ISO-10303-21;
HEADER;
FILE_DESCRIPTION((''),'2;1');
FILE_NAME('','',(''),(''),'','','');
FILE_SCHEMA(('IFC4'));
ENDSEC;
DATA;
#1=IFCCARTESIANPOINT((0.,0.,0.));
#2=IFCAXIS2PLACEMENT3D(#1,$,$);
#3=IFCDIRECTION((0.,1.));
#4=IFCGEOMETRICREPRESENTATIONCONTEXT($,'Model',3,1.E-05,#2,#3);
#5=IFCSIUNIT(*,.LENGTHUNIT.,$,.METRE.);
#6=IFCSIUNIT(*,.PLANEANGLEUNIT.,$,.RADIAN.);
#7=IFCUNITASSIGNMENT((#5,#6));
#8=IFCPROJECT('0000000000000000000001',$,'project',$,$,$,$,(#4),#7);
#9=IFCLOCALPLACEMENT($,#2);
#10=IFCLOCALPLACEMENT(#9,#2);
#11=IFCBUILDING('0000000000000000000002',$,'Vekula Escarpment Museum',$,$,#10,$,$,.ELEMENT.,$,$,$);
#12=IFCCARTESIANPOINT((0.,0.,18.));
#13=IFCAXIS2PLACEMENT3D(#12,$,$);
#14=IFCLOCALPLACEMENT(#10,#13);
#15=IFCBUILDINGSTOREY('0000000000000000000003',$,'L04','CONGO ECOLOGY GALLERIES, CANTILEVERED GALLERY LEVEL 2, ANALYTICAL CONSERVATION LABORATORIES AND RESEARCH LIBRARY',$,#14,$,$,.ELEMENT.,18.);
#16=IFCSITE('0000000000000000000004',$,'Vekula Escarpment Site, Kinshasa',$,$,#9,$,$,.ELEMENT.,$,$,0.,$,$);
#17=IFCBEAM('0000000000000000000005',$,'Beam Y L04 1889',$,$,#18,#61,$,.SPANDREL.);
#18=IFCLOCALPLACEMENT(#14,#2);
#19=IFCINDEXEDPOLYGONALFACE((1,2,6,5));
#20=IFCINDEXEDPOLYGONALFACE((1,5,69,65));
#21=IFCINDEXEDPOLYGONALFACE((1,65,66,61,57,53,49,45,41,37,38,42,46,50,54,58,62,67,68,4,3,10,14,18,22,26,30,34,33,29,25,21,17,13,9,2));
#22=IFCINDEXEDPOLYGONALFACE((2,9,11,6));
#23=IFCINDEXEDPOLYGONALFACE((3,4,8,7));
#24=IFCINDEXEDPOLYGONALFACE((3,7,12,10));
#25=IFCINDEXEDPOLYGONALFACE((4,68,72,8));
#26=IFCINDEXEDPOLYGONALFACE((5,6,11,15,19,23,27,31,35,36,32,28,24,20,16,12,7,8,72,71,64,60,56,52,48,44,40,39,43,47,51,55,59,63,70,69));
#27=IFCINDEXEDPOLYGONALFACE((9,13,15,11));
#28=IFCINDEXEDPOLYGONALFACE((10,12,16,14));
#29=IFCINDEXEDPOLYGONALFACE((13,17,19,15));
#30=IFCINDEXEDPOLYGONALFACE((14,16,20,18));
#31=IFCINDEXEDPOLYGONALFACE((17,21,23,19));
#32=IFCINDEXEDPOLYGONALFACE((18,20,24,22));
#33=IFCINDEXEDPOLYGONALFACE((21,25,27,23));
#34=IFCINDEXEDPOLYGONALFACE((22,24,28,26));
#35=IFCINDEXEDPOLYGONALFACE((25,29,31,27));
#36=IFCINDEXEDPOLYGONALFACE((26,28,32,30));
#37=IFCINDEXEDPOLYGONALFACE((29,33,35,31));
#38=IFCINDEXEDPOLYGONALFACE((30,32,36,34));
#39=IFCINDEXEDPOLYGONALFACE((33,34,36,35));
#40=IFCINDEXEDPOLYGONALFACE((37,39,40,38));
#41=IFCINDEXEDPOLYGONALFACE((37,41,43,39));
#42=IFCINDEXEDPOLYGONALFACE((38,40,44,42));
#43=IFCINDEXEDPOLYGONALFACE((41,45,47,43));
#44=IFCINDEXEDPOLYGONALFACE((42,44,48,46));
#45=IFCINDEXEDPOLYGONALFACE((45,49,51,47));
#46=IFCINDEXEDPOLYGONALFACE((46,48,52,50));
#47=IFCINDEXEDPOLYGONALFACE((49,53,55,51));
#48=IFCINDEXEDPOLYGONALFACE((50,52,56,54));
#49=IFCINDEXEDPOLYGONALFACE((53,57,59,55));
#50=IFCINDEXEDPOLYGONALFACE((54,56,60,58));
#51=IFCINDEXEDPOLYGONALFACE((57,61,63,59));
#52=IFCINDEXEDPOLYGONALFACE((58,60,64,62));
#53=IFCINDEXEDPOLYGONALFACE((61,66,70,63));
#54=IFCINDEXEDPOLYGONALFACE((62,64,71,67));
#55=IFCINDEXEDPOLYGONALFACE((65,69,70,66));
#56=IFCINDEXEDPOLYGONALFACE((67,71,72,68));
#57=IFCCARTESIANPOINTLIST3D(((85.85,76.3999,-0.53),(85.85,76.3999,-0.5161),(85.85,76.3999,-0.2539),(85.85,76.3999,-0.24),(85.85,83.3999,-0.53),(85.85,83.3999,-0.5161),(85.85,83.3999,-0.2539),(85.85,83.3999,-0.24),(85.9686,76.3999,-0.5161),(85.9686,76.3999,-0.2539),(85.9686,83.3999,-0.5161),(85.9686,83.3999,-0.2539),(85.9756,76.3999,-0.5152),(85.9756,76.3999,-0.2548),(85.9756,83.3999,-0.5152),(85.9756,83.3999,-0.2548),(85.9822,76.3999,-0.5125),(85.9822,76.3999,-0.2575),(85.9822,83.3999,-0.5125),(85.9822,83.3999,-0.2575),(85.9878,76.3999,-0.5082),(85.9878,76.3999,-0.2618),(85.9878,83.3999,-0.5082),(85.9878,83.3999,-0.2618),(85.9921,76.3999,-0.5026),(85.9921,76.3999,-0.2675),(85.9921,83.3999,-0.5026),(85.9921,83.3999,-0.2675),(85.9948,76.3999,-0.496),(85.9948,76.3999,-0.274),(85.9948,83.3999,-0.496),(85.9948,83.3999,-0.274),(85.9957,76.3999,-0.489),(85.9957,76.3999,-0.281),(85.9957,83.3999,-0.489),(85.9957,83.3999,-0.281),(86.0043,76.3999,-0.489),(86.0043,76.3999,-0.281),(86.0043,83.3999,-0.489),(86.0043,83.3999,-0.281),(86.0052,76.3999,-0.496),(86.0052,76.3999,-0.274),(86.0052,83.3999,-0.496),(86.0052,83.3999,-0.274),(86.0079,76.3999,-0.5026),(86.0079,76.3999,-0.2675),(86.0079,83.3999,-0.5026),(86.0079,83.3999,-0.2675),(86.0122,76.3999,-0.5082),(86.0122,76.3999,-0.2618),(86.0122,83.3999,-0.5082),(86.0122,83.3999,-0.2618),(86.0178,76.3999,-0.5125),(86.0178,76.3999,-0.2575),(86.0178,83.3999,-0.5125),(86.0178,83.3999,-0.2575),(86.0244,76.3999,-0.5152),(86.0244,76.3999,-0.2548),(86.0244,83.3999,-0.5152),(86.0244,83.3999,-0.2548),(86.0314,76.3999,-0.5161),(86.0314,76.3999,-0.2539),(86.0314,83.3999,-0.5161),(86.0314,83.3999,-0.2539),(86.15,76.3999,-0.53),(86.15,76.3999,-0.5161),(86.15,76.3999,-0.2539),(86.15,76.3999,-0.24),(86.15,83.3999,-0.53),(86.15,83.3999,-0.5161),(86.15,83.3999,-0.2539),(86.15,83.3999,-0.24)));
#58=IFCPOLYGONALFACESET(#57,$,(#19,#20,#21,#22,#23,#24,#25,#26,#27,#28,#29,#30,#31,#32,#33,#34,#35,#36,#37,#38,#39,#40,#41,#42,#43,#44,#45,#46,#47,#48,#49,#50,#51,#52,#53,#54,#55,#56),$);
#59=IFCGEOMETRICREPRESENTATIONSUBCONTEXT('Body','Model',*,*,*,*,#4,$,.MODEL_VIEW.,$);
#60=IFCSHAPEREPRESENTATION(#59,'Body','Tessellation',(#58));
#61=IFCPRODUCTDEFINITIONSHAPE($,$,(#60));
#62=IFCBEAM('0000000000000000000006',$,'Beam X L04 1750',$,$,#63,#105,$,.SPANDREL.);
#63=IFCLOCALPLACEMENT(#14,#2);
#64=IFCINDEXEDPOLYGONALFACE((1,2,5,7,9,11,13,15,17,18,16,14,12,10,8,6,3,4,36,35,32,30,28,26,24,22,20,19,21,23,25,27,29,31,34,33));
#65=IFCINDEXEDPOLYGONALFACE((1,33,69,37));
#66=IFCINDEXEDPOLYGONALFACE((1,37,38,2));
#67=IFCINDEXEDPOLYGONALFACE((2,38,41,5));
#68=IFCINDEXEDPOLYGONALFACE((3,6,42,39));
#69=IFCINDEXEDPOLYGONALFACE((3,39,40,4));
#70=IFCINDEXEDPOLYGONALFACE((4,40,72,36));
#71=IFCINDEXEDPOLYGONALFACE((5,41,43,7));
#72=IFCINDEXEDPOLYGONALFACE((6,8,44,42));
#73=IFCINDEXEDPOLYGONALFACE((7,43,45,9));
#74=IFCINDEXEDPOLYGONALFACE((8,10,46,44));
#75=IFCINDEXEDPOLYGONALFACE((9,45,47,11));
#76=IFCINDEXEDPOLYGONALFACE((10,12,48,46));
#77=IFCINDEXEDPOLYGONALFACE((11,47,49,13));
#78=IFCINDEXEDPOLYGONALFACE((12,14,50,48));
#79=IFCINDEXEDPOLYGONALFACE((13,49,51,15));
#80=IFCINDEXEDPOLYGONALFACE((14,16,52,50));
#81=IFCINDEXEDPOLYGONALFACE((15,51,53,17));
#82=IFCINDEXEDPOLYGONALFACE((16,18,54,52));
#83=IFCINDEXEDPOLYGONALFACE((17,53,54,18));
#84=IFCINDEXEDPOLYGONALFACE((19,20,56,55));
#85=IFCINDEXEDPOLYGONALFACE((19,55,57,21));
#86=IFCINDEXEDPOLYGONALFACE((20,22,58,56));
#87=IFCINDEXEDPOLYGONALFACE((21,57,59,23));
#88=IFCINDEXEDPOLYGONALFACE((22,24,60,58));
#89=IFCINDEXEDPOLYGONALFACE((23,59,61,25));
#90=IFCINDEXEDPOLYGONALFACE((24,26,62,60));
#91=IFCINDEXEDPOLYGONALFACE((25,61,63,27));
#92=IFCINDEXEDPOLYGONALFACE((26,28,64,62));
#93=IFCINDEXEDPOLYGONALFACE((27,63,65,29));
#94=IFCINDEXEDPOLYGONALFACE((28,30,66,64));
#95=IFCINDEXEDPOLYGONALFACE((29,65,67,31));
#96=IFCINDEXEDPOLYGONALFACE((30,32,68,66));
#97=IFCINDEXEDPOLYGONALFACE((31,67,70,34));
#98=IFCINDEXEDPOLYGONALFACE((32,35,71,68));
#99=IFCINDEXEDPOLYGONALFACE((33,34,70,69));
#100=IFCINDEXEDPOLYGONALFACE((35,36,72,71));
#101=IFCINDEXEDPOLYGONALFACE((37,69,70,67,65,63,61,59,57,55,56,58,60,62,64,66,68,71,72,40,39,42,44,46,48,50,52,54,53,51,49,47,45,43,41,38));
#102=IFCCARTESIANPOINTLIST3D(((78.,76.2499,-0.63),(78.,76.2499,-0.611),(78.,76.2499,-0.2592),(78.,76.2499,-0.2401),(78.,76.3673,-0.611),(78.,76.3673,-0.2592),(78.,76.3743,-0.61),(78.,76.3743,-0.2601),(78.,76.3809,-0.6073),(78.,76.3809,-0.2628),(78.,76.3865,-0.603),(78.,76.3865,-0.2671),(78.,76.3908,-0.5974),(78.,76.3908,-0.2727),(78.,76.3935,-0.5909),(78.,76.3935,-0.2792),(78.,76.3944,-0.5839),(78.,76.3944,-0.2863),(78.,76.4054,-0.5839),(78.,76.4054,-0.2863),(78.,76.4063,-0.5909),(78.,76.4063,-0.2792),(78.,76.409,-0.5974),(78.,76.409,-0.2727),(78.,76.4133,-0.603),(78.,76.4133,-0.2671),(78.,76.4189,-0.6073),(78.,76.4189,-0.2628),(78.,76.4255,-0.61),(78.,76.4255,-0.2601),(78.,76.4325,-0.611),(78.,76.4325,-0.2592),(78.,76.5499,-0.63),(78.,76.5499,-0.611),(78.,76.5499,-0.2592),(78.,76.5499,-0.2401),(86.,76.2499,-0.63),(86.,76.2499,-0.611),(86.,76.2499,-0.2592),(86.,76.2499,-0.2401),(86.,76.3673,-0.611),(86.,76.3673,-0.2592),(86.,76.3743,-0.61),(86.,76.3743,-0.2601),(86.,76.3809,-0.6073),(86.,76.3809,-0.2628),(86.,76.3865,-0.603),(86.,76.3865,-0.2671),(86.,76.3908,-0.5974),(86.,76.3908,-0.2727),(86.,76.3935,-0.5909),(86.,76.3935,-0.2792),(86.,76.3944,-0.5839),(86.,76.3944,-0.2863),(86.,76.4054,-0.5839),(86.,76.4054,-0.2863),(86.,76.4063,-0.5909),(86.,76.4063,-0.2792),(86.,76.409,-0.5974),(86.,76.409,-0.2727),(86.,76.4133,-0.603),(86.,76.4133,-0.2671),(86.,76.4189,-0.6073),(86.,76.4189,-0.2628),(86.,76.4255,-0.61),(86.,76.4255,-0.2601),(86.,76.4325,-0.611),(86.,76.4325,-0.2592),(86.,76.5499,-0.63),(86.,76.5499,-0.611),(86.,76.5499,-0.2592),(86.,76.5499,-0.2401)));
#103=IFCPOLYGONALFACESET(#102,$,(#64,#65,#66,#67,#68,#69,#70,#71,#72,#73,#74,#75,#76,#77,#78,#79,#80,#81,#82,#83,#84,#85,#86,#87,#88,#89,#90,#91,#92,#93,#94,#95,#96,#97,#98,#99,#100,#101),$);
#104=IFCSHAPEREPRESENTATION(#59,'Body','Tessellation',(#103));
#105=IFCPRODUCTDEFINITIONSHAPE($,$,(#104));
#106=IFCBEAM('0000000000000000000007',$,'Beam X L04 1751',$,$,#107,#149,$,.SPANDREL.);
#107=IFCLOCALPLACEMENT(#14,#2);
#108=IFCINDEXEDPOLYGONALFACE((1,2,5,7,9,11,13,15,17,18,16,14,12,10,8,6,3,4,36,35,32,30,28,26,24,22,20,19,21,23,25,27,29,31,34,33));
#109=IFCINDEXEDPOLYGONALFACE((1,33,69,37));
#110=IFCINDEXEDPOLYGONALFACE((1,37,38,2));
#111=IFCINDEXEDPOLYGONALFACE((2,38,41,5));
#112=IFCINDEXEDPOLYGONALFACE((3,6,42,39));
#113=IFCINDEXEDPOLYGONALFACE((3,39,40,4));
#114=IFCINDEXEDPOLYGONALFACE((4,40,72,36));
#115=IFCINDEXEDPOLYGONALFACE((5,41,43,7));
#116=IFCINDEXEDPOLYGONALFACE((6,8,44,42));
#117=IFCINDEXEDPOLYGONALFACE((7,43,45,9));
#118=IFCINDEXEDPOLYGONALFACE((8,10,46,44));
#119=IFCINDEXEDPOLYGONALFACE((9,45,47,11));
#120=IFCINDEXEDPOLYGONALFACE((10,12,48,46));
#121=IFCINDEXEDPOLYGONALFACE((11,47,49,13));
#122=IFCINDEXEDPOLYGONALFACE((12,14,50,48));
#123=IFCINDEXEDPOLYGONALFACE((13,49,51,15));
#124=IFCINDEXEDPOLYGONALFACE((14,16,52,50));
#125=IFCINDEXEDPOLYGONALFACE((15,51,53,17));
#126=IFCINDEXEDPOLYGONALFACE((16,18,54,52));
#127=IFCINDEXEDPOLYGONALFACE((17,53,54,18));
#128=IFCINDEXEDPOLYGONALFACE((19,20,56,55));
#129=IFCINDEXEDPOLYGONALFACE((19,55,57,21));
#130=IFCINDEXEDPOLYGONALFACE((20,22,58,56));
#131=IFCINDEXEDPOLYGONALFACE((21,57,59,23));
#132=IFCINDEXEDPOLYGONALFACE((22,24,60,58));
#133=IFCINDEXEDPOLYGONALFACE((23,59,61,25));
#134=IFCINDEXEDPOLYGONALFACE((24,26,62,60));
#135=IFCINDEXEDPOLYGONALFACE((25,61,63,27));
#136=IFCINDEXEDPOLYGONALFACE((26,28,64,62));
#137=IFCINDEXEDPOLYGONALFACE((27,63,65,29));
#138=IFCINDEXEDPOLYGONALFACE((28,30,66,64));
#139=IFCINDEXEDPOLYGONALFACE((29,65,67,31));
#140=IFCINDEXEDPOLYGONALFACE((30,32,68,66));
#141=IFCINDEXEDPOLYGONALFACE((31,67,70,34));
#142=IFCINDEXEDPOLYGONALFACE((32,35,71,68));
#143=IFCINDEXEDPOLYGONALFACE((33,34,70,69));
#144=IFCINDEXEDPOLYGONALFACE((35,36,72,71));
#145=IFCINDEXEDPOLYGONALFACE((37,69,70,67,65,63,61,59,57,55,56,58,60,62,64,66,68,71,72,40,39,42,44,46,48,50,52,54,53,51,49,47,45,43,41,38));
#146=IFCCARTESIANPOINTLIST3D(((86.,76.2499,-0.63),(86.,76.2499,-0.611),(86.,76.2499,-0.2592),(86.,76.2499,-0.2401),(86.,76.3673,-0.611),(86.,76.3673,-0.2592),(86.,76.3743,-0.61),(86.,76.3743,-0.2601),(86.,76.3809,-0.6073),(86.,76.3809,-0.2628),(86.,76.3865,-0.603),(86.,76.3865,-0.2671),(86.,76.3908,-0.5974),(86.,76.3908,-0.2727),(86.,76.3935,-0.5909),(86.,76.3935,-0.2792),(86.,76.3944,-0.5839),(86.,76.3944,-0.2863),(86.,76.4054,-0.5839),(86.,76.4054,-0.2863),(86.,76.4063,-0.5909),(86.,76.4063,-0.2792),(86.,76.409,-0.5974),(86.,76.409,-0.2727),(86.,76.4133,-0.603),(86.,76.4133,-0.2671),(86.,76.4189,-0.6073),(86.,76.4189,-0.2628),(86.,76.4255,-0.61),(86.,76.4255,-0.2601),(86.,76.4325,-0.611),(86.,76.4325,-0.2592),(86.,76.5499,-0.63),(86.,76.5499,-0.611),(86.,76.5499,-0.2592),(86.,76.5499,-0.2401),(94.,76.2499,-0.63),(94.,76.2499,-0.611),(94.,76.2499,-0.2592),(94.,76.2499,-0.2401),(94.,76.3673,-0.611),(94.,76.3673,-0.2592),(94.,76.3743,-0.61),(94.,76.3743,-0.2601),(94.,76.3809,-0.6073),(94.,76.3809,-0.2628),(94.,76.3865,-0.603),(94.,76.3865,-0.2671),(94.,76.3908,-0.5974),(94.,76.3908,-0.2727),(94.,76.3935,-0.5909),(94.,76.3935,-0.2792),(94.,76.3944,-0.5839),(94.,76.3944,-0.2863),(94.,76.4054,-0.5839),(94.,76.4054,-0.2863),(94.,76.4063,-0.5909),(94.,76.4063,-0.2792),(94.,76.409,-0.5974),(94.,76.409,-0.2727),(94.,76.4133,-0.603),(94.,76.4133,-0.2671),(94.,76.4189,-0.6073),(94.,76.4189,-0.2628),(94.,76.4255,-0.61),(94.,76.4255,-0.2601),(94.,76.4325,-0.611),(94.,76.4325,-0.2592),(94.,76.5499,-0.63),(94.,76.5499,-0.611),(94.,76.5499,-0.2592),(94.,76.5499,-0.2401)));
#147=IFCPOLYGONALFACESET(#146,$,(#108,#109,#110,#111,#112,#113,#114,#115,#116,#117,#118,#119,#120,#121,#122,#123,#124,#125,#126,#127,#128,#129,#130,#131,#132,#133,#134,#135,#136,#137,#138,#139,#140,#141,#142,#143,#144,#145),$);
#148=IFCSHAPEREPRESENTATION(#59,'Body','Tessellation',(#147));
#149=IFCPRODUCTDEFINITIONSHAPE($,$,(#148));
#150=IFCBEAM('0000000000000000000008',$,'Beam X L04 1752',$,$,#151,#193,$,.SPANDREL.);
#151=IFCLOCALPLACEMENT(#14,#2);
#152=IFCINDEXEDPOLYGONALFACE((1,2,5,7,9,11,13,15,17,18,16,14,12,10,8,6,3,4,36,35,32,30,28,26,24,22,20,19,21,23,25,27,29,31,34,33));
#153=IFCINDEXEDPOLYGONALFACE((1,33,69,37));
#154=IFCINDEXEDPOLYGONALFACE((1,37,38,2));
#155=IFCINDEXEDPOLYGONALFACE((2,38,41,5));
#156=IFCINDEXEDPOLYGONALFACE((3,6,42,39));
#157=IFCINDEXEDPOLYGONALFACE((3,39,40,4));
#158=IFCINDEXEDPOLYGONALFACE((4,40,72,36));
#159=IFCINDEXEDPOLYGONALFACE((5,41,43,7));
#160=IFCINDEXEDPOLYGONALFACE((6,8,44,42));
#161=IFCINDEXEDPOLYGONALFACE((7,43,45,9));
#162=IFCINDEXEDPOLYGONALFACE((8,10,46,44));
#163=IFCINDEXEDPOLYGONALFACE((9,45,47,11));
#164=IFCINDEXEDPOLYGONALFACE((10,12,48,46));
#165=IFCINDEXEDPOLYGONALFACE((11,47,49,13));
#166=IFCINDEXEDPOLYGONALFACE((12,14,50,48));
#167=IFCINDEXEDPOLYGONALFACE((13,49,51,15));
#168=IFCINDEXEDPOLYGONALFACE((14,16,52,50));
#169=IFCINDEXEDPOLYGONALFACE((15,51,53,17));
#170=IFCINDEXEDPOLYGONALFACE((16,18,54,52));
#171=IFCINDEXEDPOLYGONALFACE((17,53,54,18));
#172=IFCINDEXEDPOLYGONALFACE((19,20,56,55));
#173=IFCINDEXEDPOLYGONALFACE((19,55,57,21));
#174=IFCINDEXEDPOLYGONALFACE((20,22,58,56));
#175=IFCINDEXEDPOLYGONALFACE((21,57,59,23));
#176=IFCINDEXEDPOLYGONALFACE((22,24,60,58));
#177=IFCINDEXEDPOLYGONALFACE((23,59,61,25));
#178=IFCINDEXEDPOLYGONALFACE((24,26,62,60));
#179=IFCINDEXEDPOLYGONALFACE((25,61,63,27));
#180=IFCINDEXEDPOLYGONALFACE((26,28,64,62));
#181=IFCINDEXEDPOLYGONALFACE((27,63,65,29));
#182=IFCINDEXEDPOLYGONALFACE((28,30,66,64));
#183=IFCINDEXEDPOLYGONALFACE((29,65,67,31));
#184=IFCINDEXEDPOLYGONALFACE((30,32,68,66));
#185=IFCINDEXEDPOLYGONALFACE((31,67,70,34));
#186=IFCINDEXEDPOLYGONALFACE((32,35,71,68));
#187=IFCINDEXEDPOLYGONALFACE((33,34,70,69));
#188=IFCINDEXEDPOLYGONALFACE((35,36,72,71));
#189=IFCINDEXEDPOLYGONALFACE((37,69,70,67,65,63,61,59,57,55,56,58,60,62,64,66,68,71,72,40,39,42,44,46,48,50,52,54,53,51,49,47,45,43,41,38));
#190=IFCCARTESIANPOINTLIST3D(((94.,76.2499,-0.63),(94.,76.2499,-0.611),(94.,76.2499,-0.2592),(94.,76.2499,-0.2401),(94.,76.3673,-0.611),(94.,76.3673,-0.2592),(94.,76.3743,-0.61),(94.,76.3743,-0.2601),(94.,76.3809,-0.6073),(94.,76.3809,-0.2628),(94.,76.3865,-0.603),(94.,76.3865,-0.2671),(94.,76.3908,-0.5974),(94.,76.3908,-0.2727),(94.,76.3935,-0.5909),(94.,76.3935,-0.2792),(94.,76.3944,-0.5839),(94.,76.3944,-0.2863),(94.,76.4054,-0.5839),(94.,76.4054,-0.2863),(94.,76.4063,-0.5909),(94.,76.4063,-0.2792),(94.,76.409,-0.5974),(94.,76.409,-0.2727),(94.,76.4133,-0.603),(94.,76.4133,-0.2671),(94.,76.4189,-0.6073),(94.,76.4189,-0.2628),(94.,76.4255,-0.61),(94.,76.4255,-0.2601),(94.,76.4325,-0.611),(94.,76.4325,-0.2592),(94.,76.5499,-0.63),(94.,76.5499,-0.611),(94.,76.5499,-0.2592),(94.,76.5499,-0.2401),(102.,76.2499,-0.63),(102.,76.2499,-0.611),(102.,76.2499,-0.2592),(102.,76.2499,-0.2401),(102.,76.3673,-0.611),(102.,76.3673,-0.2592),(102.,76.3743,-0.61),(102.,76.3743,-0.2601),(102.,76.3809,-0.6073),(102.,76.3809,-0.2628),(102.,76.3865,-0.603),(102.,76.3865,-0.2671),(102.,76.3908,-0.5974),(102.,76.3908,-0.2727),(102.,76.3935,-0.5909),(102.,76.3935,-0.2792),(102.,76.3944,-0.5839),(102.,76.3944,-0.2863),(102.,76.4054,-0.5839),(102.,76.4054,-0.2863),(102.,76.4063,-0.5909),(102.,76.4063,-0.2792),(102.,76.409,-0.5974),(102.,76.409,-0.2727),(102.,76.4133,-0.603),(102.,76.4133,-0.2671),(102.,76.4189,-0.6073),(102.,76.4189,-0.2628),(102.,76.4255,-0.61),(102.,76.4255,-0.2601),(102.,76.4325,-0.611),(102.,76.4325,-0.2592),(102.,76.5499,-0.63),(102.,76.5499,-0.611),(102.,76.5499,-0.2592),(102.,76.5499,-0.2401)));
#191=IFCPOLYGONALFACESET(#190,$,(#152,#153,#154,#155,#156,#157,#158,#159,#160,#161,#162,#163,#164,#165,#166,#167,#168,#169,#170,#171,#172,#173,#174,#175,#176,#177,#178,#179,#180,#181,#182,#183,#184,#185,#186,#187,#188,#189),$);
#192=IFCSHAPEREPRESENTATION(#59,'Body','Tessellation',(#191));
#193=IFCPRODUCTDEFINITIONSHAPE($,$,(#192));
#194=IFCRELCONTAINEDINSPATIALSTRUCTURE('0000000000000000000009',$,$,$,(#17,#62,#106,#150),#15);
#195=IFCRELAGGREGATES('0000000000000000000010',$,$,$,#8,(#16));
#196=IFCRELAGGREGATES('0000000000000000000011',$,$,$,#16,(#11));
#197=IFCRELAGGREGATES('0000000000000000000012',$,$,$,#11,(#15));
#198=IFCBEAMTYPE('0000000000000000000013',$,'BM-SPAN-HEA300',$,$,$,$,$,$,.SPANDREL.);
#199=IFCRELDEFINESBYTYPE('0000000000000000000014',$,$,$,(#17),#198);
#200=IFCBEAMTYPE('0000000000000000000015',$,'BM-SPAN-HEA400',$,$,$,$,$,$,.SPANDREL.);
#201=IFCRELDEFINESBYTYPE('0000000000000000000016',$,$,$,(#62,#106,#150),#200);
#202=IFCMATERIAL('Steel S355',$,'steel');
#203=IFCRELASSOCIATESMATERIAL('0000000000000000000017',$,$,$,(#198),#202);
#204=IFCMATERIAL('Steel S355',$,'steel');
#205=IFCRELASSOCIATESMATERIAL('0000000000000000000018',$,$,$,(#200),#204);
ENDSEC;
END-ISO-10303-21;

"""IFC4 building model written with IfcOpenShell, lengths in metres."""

from ifc_helpers import new_model, si_unit, direction, frame, origin, origin_2d, place, context, subcontext, project, spatial, i_section, extrude, material, material_profile, profile_set, type_object, element, save


model = new_model("IFC4")

# Units and contexts
model_context = context("Model", 3, precision=1e-05, world=origin(), true_north=direction((0.0, 1.0)))
body_context = subcontext(model_context, "Body", "Model", "MODEL_VIEW")
ifc_project = project(units=[si_unit("LENGTHUNIT", "METRE"), si_unit("PLANEANGLEUNIT", "RADIAN")], contexts=[model_context])

# Site, building, storey
site_placement = place(None, origin())
site = spatial("IfcSite", under=ifc_project, at=site_placement, Name="Vekula Escarpment Site, Kinshasa", CompositionType="ELEMENT", RefElevation=0.0)
building_placement = place(site_placement, origin())
building = spatial("IfcBuilding", under=site, at=building_placement, Name="Vekula Escarpment Museum", CompositionType="ELEMENT")
storey_placement = place(building_placement, frame((0.0, 0.0, 18.0)))
storey = spatial("IfcBuildingStorey", under=building, at=storey_placement, Name="L04", Description="CONGO ECOLOGY GALLERIES, CANTILEVERED GALLERY LEVEL 2, ANALYTICAL CONSERVATION LABORATORIES AND RESEARCH LIBRARY", CompositionType="ELEMENT", Elevation=18.0)

# Beams
ifc_material_1 = material(Name="Steel S355", Category="steel")
ifc_material_profile_1 = material_profile(ifc_material_1, i_section(OverallWidth=0.3, OverallDepth=0.29, WebThickness=0.0085, FlangeThickness=0.0139, FilletRadius=0.0271, at=origin_2d()), Name="HEA 300")
ifc_profile_set_1 = profile_set([ifc_material_profile_1], Name="Steel S355")
beam_type_1 = type_object("IfcBeamType", Name="BM-SPAN-HEA300", PredefinedType="SPANDREL", material=ifc_profile_set_1)
beam_1_placement = place(storey_placement, frame((86.0, 76.3999, -0.385), z_axis=(0.0, 1.0, 0.0), x_axis=(-1.0, 0.0, 0.0)))
element("IfcBeam", 1, at=beam_1_placement, inside=storey, type_object=beam_type_1, Name="Beam Y L04 1889", PredefinedType="SPANDREL", context=body_context, shape_type="SweptSolid", body=[
    extrude(i_section(OverallWidth=0.3, OverallDepth=0.29, WebThickness=0.0085, FlangeThickness=0.0139, FilletRadius=0.0271, at=origin_2d()), origin(), (0.0, 0.0, 1.0), 7.0),
])
ifc_material_2 = material(Name="Steel S355", Category="steel")
ifc_material_profile_2 = material_profile(ifc_material_2, i_section(OverallWidth=0.3, OverallDepth=0.3899, WebThickness=0.011, FlangeThickness=0.019, FilletRadius=0.0271, at=origin_2d()), Name="HEA 400")
ifc_profile_set_2 = profile_set([ifc_material_profile_2], Name="Steel S355")
beam_type_2 = type_object("IfcBeamType", Name="BM-SPAN-HEA400", PredefinedType="SPANDREL", material=ifc_profile_set_2)
for number, where, z_axis, x_axis, name in (
    (2, (78.0, 76.3999, -0.4351), (1.0, 0.0, 0.0), (0.0, 1.0, 0.0), "Beam X L04 1750"),
    (3, (86.0, 76.3999, -0.4351), (1.0, 0.0, 0.0), (0.0, 1.0, 0.0), "Beam X L04 1751"),
    (4, (94.0, 76.3999, -0.4351), (1.0, 0.0, 0.0), (0.0, 1.0, 0.0), "Beam X L04 1752"),
):
    element("IfcBeam", number, at=place(storey_placement, frame(where, z_axis=z_axis, x_axis=x_axis)), inside=storey, type_object=beam_type_2, Name=name, PredefinedType="SPANDREL", context=body_context, shape_type="SweptSolid", body=[
        extrude(i_section(OverallWidth=0.3, OverallDepth=0.3899, WebThickness=0.011, FlangeThickness=0.019, FilletRadius=0.0271, at=origin_2d()), origin(), (0.0, 0.0, 1.0), 8.0),
    ])

save(model, "model.ifc")
